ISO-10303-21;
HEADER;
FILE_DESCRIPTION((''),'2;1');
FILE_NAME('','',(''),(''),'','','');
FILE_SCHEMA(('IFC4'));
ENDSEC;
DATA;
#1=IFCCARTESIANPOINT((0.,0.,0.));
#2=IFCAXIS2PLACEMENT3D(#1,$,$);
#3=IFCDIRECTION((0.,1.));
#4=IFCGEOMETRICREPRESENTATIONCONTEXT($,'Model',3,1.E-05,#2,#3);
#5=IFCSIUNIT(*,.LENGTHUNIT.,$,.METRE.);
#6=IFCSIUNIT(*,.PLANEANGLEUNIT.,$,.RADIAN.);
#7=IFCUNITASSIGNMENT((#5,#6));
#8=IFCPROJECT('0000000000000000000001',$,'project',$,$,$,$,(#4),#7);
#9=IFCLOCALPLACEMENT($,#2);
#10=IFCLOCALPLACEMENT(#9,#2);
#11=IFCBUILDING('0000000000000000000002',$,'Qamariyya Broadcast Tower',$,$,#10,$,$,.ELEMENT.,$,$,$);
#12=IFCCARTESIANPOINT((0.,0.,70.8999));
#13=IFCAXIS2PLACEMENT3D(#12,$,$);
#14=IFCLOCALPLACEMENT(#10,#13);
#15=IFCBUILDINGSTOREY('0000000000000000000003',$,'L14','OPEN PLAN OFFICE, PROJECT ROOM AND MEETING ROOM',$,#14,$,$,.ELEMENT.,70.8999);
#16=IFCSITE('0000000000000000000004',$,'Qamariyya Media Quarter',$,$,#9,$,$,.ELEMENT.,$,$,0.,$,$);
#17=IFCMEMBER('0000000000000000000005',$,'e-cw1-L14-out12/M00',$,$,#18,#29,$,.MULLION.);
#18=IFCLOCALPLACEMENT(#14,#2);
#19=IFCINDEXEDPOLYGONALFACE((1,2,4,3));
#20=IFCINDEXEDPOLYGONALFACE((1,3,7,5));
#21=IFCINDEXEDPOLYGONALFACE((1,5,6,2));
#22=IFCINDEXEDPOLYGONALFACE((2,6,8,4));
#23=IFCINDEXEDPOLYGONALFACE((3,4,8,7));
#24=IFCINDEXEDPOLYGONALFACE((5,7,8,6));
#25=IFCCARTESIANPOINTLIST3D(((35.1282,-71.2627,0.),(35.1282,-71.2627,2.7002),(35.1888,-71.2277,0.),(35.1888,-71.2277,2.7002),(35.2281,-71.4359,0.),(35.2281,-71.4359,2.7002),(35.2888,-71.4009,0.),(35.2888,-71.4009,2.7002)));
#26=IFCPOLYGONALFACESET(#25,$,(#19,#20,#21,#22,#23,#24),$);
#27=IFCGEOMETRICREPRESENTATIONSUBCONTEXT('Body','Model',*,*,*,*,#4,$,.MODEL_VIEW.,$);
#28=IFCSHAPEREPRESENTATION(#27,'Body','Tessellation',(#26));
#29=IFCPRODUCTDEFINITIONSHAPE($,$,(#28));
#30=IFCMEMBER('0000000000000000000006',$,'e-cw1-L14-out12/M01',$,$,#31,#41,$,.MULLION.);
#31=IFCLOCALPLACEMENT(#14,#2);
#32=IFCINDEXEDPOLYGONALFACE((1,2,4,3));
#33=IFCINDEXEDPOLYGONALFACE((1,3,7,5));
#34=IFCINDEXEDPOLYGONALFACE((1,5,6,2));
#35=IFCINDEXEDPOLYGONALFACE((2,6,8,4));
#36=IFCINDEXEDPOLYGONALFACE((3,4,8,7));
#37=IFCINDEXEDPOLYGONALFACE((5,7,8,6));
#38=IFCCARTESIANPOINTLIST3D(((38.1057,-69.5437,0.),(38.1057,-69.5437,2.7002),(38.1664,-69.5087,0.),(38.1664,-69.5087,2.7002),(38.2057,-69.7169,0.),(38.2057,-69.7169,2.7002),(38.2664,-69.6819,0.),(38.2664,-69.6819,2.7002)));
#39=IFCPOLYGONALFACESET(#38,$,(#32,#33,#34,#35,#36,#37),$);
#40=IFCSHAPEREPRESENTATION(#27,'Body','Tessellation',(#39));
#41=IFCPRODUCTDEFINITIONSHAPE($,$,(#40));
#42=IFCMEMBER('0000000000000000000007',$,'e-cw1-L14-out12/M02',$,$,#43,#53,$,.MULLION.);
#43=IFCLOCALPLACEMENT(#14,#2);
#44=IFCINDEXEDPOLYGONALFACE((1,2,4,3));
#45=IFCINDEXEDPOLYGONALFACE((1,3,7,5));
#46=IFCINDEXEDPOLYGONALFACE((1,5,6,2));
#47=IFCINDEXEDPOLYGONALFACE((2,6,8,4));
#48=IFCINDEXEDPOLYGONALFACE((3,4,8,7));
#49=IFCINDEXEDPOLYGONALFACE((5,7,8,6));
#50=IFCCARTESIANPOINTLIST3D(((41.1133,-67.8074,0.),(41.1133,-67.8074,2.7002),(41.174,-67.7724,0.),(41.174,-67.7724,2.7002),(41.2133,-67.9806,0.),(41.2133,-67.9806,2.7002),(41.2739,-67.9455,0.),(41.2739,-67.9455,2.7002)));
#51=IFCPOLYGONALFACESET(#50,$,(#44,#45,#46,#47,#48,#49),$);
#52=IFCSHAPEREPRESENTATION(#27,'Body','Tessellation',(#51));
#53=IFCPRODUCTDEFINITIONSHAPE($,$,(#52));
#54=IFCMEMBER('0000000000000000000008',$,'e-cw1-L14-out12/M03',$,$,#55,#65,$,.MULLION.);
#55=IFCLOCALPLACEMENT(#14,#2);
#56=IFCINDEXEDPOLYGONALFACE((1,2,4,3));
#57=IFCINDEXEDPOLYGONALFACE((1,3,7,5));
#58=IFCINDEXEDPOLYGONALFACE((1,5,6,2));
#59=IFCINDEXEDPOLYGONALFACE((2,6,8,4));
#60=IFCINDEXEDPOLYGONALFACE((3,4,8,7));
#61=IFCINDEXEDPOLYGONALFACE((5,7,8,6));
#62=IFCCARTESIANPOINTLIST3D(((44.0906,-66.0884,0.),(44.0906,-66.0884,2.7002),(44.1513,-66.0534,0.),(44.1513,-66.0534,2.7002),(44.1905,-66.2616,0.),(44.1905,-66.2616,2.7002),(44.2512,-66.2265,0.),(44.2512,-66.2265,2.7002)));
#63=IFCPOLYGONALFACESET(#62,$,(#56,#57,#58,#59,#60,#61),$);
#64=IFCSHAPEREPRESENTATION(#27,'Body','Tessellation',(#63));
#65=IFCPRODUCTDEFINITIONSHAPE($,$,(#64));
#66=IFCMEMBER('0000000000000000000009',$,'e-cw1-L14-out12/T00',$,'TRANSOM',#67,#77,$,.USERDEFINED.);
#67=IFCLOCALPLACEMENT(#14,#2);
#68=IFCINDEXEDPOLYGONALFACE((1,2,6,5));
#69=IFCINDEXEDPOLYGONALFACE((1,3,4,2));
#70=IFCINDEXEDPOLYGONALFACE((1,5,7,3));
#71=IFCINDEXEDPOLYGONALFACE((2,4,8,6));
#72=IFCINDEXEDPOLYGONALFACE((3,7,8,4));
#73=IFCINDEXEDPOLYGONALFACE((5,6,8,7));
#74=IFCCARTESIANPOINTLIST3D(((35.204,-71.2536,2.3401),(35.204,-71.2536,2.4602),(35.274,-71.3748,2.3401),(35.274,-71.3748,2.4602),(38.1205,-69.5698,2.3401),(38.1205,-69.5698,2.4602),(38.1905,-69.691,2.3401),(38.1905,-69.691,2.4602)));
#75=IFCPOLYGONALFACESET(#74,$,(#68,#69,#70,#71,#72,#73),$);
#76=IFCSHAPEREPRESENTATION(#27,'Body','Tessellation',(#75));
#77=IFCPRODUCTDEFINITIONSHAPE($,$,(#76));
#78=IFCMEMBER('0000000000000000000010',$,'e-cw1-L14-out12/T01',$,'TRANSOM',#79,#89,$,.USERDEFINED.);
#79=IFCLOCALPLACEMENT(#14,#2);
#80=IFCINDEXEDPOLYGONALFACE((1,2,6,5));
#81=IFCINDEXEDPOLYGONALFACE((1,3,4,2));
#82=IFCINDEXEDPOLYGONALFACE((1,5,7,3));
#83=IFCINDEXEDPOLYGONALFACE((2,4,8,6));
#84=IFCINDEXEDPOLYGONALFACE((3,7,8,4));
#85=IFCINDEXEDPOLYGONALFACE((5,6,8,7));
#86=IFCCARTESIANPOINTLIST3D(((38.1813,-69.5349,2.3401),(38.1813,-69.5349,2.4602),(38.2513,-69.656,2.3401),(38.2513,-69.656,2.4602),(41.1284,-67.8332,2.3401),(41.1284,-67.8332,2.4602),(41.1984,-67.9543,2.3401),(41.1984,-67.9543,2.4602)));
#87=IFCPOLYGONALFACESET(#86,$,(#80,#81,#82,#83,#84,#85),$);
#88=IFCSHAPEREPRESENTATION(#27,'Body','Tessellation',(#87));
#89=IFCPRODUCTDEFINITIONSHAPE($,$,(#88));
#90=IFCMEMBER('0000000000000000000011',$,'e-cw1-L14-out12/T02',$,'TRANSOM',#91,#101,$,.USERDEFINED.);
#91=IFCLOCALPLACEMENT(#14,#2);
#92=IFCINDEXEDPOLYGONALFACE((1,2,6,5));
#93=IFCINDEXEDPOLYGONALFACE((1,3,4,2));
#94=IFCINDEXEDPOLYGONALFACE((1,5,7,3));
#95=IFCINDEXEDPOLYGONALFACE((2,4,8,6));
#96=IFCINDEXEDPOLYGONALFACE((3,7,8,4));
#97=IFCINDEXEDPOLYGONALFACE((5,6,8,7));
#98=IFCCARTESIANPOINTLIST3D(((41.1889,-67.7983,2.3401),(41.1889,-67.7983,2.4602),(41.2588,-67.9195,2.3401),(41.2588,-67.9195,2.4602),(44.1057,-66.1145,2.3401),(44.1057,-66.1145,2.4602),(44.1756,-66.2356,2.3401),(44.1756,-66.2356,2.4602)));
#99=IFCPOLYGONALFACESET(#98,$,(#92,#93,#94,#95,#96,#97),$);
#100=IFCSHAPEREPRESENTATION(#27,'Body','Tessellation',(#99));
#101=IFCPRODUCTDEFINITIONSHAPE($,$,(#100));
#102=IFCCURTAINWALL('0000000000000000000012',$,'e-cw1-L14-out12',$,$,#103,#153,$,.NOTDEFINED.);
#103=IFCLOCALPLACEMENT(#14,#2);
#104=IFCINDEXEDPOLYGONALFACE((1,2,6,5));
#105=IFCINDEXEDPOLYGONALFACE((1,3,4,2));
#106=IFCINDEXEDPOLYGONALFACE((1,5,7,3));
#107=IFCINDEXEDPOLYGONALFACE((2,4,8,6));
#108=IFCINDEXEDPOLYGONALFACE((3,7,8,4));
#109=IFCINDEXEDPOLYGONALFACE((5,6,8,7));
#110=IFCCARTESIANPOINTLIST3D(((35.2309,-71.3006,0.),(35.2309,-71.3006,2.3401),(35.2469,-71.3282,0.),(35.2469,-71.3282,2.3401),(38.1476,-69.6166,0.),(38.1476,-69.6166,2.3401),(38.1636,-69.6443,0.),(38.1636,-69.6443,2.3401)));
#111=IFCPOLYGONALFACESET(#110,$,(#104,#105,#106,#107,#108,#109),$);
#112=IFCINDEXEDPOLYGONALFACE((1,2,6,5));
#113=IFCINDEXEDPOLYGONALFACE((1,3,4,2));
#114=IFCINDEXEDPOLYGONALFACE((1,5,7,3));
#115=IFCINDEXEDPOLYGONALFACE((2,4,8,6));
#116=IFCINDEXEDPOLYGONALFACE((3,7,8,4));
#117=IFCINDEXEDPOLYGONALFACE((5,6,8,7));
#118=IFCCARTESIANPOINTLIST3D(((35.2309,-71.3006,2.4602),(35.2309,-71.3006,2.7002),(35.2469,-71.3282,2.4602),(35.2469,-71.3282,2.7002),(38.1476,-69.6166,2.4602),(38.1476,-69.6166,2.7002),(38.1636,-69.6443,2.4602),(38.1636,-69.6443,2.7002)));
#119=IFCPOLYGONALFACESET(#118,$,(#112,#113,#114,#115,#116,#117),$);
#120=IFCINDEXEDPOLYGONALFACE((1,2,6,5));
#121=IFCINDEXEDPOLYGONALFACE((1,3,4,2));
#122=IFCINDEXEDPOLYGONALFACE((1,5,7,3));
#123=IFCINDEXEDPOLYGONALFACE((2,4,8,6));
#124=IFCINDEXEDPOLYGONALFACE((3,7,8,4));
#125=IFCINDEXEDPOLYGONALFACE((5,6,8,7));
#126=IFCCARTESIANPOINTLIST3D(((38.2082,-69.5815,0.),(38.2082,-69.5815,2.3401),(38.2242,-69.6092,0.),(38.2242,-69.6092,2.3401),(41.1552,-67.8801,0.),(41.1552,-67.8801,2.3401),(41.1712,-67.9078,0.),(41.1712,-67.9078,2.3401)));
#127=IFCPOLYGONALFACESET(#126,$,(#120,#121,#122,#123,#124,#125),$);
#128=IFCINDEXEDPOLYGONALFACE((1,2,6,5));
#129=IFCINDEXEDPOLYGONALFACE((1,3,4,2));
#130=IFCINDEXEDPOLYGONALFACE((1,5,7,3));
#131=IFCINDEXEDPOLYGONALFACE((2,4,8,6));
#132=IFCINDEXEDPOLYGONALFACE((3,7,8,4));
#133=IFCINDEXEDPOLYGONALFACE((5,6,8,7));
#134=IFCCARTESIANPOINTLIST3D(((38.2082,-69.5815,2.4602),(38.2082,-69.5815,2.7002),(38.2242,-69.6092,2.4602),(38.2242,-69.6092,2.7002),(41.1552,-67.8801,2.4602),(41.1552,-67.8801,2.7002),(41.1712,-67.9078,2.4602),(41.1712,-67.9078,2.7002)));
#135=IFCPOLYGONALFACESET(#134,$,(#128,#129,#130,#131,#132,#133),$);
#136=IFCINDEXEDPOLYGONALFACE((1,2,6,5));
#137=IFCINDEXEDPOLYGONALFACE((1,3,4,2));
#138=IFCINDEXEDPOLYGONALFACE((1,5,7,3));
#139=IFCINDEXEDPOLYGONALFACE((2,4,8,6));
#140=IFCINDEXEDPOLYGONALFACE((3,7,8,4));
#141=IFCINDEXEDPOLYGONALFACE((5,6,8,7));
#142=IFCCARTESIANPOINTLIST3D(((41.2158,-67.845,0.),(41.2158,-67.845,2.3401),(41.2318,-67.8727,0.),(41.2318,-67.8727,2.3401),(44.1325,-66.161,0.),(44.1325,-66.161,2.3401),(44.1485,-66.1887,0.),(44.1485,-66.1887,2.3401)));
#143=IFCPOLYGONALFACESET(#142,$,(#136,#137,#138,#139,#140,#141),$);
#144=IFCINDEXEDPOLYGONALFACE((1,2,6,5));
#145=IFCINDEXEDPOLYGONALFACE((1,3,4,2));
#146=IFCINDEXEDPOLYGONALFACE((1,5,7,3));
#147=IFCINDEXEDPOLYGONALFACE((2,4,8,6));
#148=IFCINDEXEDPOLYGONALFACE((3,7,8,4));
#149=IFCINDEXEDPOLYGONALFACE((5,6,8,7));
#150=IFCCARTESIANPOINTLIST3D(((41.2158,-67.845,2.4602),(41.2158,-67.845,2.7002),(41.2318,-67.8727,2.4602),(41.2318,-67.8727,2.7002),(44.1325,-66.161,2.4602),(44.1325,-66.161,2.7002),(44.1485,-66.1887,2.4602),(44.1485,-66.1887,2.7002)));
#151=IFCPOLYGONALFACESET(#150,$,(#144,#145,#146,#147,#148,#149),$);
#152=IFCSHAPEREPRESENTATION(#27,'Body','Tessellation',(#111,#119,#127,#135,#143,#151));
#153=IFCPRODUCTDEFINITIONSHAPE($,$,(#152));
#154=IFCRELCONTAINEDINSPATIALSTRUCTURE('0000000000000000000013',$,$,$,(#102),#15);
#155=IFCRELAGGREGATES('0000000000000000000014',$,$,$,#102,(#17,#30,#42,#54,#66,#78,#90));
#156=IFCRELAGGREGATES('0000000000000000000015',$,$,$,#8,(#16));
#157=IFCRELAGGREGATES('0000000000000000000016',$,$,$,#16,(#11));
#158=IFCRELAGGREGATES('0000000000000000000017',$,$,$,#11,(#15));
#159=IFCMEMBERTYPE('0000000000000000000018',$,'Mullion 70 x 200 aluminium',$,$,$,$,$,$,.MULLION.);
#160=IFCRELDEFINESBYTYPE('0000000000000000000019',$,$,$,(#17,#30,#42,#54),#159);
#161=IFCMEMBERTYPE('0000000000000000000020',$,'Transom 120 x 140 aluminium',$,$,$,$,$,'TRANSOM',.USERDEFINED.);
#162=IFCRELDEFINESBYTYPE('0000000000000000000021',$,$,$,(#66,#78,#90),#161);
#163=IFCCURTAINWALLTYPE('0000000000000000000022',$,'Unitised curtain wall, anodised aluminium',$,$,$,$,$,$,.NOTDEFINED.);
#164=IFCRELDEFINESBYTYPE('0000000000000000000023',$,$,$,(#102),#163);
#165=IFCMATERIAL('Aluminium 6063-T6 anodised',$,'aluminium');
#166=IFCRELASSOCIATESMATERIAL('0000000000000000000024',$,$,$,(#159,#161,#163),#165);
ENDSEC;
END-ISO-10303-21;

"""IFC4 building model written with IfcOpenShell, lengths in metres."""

from ifc_helpers import new_model, si_unit, direction, frame, origin, origin_2d, place, context, subcontext, project, spatial, rectangle, extrude, material, material_profile, profile_set, type_object, element, aggregate, save


model = new_model("IFC4")

# Units and contexts
model_context = context("Model", 3, precision=1e-05, world=origin(), true_north=direction((0.0, 1.0)))
body_context = subcontext(model_context, "Body", "Model", "MODEL_VIEW")
ifc_project = project(units=[si_unit("LENGTHUNIT", "METRE"), si_unit("PLANEANGLEUNIT", "RADIAN")], contexts=[model_context])

# Members
ifc_material = material(Name="Aluminium 6063-T6 anodised", Category="aluminium")
ifc_material_profile_1 = material_profile(ifc_material, rectangle(XDim=0.2, YDim=0.0701, at=origin_2d()))
ifc_profile_set_1 = profile_set([ifc_material_profile_1], Name="Aluminium 6063-T6 anodised")
member_type_1 = type_object("IfcMemberType", Name="Mullion 70 x 200 aluminium", PredefinedType="MULLION", material=ifc_profile_set_1)
site_placement = place(None, origin())
building_placement = place(site_placement, origin())
storey_placement = place(building_placement, frame((0.0, 0.0, 70.8999)))
member_1_placement = place(storey_placement, frame((35.2085, -71.3318, 0.0), z_axis=(0.0, 0.0, 1.0), x_axis=(-0.5, 0.866025, 0.0)))
member_1 = element("IfcMember", 1, at=member_1_placement, type_object=member_type_1, Name="e-cw1-L14-out12/M00", PredefinedType="MULLION", context=body_context, shape_type="SweptSolid", body=[
    extrude(rectangle(XDim=0.2, YDim=0.0701, at=origin_2d()), origin(), (0.0, 0.0, 1.0), 2.7002),
])
member_2_placement = place(storey_placement, frame((38.186, -69.6128, 0.0), z_axis=(0.0, 0.0, 1.0), x_axis=(-0.5, 0.866025, 0.0)))
member_2 = element("IfcMember", 2, at=member_2_placement, type_object=member_type_1, Name="e-cw1-L14-out12/M01", PredefinedType="MULLION", context=body_context, shape_type="SweptSolid", body=[
    extrude(rectangle(XDim=0.2, YDim=0.0701, at=origin_2d()), origin(), (0.0, 0.0, 1.0), 2.7002),
])
member_3_placement = place(storey_placement, frame((41.1936, -67.8765, 0.0), z_axis=(0.0, 0.0, 1.0), x_axis=(-0.5, 0.866025, 0.0)))
member_3 = element("IfcMember", 3, at=member_3_placement, type_object=member_type_1, Name="e-cw1-L14-out12/M02", PredefinedType="MULLION", context=body_context, shape_type="SweptSolid", body=[
    extrude(rectangle(XDim=0.2, YDim=0.0701, at=origin_2d()), origin(), (0.0, 0.0, 1.0), 2.7002),
])
member_4_placement = place(storey_placement, frame((44.1709, -66.1575, 0.0), z_axis=(0.0, 0.0, 1.0), x_axis=(-0.5, 0.866025, 0.0)))
member_4 = element("IfcMember", 4, at=member_4_placement, type_object=member_type_1, Name="e-cw1-L14-out12/M03", PredefinedType="MULLION", context=body_context, shape_type="SweptSolid", body=[
    extrude(rectangle(XDim=0.2, YDim=0.0701, at=origin_2d()), origin(), (0.0, 0.0, 1.0), 2.7002),
])
ifc_material_profile_2 = material_profile(ifc_material, rectangle(XDim=0.1399, YDim=0.1201, at=origin_2d()))
ifc_profile_set_2 = profile_set([ifc_material_profile_2], Name="Aluminium 6063-T6 anodised")
member_type_2 = type_object("IfcMemberType", Name="Transom 120 x 140 aluminium", ElementType="TRANSOM", PredefinedType="USERDEFINED", material=ifc_profile_set_2)
member_5_placement = place(storey_placement, frame((35.239, -71.3142, 2.4001), z_axis=(0.866026, 0.499999, 0.0), x_axis=(-0.499999, 0.866026, 0.0)))
member_5 = element("IfcMember", 5, at=member_5_placement, type_object=member_type_2, Name="e-cw1-L14-out12/T00", ObjectType="TRANSOM", PredefinedType="USERDEFINED", context=body_context, shape_type="SweptSolid", body=[
    extrude(rectangle(XDim=0.1399, YDim=0.1201, at=origin_2d()), origin(), (0.0, 0.0, 1.0), 3.3677),
])
member_6_placement = place(storey_placement, frame((38.2163, -69.5955, 2.4001), z_axis=(0.866, 0.500043, 0.0), x_axis=(-0.500043, 0.866, 0.0)))
member_6 = element("IfcMember", 6, at=member_6_placement, type_object=member_type_2, Name="e-cw1-L14-out12/T01", ObjectType="TRANSOM", PredefinedType="USERDEFINED", context=body_context, shape_type="SweptSolid", body=[
    extrude(rectangle(XDim=0.1399, YDim=0.1201, at=origin_2d()), origin(), (0.0, 0.0, 1.0), 3.4031),
])
member_7_placement = place(storey_placement, frame((41.2239, -67.8589, 2.4001), z_axis=(0.866044, 0.499967, 0.0), x_axis=(-0.499967, 0.866044, 0.0)))
member_7 = element("IfcMember", 7, at=member_7_placement, type_object=member_type_2, Name="e-cw1-L14-out12/T02", ObjectType="TRANSOM", PredefinedType="USERDEFINED", context=body_context, shape_type="SweptSolid", body=[
    extrude(rectangle(XDim=0.1399, YDim=0.1201, at=origin_2d()), origin(), (0.0, 0.0, 1.0), 3.3679),
])

# Site, building, storey
site = spatial("IfcSite", under=ifc_project, at=site_placement, Name="Qamariyya Media Quarter", CompositionType="ELEMENT", RefElevation=0.0)
building = spatial("IfcBuilding", under=site, at=building_placement, Name="Qamariyya Broadcast Tower", CompositionType="ELEMENT")
storey = spatial("IfcBuildingStorey", under=building, at=storey_placement, Name="L14", Description="OPEN PLAN OFFICE, PROJECT ROOM AND MEETING ROOM", CompositionType="ELEMENT", Elevation=70.8999)

# Curtain wall
curtain_wall_type = type_object("IfcCurtainWallType", Name="Unitised curtain wall, anodised aluminium", PredefinedType="NOTDEFINED", material=ifc_material)
curtain_wall_1_placement = place(storey_placement, origin())
curtain_wall_1 = element("IfcCurtainWall", 8, at=curtain_wall_1_placement, inside=storey, type_object=curtain_wall_type, Name="e-cw1-L14-out12", PredefinedType="NOTDEFINED", context=body_context, shape_type="SweptSolid", body=[
    extrude(rectangle(XDim=3.3679, YDim=0.032, at=origin_2d()), frame((36.6973, -70.4724, 0.0), x_axis=(0.866022, 0.500005, 0.0)), (0.0, 0.0, 1.0), 2.3401),
    extrude(rectangle(XDim=3.3679, YDim=0.032, at=origin_2d()), frame((36.6973, -70.4724, 2.4602), x_axis=(0.866022, 0.500005, 0.0)), (0.0, 0.0, 1.0), 0.24),
    extrude(rectangle(XDim=3.4028, YDim=0.032, at=origin_2d()), frame((39.6897, -68.7446, 0.0), x_axis=(0.866022, 0.500005, 0.0)), (0.0, 0.0, 1.0), 2.3401),
    extrude(rectangle(XDim=3.4028, YDim=0.032, at=origin_2d()), frame((39.6897, -68.7446, 2.4602), x_axis=(0.866022, 0.500005, 0.0)), (0.0, 0.0, 1.0), 0.24),
    extrude(rectangle(XDim=3.3679, YDim=0.032, at=origin_2d()), frame((42.6821, -67.0168, 0.0), x_axis=(0.866022, 0.500005, 0.0)), (0.0, 0.0, 1.0), 2.3401),
    extrude(rectangle(XDim=3.3679, YDim=0.032, at=origin_2d()), frame((42.6821, -67.0168, 2.4602), x_axis=(0.866022, 0.500005, 0.0)), (0.0, 0.0, 1.0), 0.24),
])
aggregate(curtain_wall_1, [member_1, member_2, member_3, member_4, member_5, member_6, member_7])

save(model, "model.ifc")
